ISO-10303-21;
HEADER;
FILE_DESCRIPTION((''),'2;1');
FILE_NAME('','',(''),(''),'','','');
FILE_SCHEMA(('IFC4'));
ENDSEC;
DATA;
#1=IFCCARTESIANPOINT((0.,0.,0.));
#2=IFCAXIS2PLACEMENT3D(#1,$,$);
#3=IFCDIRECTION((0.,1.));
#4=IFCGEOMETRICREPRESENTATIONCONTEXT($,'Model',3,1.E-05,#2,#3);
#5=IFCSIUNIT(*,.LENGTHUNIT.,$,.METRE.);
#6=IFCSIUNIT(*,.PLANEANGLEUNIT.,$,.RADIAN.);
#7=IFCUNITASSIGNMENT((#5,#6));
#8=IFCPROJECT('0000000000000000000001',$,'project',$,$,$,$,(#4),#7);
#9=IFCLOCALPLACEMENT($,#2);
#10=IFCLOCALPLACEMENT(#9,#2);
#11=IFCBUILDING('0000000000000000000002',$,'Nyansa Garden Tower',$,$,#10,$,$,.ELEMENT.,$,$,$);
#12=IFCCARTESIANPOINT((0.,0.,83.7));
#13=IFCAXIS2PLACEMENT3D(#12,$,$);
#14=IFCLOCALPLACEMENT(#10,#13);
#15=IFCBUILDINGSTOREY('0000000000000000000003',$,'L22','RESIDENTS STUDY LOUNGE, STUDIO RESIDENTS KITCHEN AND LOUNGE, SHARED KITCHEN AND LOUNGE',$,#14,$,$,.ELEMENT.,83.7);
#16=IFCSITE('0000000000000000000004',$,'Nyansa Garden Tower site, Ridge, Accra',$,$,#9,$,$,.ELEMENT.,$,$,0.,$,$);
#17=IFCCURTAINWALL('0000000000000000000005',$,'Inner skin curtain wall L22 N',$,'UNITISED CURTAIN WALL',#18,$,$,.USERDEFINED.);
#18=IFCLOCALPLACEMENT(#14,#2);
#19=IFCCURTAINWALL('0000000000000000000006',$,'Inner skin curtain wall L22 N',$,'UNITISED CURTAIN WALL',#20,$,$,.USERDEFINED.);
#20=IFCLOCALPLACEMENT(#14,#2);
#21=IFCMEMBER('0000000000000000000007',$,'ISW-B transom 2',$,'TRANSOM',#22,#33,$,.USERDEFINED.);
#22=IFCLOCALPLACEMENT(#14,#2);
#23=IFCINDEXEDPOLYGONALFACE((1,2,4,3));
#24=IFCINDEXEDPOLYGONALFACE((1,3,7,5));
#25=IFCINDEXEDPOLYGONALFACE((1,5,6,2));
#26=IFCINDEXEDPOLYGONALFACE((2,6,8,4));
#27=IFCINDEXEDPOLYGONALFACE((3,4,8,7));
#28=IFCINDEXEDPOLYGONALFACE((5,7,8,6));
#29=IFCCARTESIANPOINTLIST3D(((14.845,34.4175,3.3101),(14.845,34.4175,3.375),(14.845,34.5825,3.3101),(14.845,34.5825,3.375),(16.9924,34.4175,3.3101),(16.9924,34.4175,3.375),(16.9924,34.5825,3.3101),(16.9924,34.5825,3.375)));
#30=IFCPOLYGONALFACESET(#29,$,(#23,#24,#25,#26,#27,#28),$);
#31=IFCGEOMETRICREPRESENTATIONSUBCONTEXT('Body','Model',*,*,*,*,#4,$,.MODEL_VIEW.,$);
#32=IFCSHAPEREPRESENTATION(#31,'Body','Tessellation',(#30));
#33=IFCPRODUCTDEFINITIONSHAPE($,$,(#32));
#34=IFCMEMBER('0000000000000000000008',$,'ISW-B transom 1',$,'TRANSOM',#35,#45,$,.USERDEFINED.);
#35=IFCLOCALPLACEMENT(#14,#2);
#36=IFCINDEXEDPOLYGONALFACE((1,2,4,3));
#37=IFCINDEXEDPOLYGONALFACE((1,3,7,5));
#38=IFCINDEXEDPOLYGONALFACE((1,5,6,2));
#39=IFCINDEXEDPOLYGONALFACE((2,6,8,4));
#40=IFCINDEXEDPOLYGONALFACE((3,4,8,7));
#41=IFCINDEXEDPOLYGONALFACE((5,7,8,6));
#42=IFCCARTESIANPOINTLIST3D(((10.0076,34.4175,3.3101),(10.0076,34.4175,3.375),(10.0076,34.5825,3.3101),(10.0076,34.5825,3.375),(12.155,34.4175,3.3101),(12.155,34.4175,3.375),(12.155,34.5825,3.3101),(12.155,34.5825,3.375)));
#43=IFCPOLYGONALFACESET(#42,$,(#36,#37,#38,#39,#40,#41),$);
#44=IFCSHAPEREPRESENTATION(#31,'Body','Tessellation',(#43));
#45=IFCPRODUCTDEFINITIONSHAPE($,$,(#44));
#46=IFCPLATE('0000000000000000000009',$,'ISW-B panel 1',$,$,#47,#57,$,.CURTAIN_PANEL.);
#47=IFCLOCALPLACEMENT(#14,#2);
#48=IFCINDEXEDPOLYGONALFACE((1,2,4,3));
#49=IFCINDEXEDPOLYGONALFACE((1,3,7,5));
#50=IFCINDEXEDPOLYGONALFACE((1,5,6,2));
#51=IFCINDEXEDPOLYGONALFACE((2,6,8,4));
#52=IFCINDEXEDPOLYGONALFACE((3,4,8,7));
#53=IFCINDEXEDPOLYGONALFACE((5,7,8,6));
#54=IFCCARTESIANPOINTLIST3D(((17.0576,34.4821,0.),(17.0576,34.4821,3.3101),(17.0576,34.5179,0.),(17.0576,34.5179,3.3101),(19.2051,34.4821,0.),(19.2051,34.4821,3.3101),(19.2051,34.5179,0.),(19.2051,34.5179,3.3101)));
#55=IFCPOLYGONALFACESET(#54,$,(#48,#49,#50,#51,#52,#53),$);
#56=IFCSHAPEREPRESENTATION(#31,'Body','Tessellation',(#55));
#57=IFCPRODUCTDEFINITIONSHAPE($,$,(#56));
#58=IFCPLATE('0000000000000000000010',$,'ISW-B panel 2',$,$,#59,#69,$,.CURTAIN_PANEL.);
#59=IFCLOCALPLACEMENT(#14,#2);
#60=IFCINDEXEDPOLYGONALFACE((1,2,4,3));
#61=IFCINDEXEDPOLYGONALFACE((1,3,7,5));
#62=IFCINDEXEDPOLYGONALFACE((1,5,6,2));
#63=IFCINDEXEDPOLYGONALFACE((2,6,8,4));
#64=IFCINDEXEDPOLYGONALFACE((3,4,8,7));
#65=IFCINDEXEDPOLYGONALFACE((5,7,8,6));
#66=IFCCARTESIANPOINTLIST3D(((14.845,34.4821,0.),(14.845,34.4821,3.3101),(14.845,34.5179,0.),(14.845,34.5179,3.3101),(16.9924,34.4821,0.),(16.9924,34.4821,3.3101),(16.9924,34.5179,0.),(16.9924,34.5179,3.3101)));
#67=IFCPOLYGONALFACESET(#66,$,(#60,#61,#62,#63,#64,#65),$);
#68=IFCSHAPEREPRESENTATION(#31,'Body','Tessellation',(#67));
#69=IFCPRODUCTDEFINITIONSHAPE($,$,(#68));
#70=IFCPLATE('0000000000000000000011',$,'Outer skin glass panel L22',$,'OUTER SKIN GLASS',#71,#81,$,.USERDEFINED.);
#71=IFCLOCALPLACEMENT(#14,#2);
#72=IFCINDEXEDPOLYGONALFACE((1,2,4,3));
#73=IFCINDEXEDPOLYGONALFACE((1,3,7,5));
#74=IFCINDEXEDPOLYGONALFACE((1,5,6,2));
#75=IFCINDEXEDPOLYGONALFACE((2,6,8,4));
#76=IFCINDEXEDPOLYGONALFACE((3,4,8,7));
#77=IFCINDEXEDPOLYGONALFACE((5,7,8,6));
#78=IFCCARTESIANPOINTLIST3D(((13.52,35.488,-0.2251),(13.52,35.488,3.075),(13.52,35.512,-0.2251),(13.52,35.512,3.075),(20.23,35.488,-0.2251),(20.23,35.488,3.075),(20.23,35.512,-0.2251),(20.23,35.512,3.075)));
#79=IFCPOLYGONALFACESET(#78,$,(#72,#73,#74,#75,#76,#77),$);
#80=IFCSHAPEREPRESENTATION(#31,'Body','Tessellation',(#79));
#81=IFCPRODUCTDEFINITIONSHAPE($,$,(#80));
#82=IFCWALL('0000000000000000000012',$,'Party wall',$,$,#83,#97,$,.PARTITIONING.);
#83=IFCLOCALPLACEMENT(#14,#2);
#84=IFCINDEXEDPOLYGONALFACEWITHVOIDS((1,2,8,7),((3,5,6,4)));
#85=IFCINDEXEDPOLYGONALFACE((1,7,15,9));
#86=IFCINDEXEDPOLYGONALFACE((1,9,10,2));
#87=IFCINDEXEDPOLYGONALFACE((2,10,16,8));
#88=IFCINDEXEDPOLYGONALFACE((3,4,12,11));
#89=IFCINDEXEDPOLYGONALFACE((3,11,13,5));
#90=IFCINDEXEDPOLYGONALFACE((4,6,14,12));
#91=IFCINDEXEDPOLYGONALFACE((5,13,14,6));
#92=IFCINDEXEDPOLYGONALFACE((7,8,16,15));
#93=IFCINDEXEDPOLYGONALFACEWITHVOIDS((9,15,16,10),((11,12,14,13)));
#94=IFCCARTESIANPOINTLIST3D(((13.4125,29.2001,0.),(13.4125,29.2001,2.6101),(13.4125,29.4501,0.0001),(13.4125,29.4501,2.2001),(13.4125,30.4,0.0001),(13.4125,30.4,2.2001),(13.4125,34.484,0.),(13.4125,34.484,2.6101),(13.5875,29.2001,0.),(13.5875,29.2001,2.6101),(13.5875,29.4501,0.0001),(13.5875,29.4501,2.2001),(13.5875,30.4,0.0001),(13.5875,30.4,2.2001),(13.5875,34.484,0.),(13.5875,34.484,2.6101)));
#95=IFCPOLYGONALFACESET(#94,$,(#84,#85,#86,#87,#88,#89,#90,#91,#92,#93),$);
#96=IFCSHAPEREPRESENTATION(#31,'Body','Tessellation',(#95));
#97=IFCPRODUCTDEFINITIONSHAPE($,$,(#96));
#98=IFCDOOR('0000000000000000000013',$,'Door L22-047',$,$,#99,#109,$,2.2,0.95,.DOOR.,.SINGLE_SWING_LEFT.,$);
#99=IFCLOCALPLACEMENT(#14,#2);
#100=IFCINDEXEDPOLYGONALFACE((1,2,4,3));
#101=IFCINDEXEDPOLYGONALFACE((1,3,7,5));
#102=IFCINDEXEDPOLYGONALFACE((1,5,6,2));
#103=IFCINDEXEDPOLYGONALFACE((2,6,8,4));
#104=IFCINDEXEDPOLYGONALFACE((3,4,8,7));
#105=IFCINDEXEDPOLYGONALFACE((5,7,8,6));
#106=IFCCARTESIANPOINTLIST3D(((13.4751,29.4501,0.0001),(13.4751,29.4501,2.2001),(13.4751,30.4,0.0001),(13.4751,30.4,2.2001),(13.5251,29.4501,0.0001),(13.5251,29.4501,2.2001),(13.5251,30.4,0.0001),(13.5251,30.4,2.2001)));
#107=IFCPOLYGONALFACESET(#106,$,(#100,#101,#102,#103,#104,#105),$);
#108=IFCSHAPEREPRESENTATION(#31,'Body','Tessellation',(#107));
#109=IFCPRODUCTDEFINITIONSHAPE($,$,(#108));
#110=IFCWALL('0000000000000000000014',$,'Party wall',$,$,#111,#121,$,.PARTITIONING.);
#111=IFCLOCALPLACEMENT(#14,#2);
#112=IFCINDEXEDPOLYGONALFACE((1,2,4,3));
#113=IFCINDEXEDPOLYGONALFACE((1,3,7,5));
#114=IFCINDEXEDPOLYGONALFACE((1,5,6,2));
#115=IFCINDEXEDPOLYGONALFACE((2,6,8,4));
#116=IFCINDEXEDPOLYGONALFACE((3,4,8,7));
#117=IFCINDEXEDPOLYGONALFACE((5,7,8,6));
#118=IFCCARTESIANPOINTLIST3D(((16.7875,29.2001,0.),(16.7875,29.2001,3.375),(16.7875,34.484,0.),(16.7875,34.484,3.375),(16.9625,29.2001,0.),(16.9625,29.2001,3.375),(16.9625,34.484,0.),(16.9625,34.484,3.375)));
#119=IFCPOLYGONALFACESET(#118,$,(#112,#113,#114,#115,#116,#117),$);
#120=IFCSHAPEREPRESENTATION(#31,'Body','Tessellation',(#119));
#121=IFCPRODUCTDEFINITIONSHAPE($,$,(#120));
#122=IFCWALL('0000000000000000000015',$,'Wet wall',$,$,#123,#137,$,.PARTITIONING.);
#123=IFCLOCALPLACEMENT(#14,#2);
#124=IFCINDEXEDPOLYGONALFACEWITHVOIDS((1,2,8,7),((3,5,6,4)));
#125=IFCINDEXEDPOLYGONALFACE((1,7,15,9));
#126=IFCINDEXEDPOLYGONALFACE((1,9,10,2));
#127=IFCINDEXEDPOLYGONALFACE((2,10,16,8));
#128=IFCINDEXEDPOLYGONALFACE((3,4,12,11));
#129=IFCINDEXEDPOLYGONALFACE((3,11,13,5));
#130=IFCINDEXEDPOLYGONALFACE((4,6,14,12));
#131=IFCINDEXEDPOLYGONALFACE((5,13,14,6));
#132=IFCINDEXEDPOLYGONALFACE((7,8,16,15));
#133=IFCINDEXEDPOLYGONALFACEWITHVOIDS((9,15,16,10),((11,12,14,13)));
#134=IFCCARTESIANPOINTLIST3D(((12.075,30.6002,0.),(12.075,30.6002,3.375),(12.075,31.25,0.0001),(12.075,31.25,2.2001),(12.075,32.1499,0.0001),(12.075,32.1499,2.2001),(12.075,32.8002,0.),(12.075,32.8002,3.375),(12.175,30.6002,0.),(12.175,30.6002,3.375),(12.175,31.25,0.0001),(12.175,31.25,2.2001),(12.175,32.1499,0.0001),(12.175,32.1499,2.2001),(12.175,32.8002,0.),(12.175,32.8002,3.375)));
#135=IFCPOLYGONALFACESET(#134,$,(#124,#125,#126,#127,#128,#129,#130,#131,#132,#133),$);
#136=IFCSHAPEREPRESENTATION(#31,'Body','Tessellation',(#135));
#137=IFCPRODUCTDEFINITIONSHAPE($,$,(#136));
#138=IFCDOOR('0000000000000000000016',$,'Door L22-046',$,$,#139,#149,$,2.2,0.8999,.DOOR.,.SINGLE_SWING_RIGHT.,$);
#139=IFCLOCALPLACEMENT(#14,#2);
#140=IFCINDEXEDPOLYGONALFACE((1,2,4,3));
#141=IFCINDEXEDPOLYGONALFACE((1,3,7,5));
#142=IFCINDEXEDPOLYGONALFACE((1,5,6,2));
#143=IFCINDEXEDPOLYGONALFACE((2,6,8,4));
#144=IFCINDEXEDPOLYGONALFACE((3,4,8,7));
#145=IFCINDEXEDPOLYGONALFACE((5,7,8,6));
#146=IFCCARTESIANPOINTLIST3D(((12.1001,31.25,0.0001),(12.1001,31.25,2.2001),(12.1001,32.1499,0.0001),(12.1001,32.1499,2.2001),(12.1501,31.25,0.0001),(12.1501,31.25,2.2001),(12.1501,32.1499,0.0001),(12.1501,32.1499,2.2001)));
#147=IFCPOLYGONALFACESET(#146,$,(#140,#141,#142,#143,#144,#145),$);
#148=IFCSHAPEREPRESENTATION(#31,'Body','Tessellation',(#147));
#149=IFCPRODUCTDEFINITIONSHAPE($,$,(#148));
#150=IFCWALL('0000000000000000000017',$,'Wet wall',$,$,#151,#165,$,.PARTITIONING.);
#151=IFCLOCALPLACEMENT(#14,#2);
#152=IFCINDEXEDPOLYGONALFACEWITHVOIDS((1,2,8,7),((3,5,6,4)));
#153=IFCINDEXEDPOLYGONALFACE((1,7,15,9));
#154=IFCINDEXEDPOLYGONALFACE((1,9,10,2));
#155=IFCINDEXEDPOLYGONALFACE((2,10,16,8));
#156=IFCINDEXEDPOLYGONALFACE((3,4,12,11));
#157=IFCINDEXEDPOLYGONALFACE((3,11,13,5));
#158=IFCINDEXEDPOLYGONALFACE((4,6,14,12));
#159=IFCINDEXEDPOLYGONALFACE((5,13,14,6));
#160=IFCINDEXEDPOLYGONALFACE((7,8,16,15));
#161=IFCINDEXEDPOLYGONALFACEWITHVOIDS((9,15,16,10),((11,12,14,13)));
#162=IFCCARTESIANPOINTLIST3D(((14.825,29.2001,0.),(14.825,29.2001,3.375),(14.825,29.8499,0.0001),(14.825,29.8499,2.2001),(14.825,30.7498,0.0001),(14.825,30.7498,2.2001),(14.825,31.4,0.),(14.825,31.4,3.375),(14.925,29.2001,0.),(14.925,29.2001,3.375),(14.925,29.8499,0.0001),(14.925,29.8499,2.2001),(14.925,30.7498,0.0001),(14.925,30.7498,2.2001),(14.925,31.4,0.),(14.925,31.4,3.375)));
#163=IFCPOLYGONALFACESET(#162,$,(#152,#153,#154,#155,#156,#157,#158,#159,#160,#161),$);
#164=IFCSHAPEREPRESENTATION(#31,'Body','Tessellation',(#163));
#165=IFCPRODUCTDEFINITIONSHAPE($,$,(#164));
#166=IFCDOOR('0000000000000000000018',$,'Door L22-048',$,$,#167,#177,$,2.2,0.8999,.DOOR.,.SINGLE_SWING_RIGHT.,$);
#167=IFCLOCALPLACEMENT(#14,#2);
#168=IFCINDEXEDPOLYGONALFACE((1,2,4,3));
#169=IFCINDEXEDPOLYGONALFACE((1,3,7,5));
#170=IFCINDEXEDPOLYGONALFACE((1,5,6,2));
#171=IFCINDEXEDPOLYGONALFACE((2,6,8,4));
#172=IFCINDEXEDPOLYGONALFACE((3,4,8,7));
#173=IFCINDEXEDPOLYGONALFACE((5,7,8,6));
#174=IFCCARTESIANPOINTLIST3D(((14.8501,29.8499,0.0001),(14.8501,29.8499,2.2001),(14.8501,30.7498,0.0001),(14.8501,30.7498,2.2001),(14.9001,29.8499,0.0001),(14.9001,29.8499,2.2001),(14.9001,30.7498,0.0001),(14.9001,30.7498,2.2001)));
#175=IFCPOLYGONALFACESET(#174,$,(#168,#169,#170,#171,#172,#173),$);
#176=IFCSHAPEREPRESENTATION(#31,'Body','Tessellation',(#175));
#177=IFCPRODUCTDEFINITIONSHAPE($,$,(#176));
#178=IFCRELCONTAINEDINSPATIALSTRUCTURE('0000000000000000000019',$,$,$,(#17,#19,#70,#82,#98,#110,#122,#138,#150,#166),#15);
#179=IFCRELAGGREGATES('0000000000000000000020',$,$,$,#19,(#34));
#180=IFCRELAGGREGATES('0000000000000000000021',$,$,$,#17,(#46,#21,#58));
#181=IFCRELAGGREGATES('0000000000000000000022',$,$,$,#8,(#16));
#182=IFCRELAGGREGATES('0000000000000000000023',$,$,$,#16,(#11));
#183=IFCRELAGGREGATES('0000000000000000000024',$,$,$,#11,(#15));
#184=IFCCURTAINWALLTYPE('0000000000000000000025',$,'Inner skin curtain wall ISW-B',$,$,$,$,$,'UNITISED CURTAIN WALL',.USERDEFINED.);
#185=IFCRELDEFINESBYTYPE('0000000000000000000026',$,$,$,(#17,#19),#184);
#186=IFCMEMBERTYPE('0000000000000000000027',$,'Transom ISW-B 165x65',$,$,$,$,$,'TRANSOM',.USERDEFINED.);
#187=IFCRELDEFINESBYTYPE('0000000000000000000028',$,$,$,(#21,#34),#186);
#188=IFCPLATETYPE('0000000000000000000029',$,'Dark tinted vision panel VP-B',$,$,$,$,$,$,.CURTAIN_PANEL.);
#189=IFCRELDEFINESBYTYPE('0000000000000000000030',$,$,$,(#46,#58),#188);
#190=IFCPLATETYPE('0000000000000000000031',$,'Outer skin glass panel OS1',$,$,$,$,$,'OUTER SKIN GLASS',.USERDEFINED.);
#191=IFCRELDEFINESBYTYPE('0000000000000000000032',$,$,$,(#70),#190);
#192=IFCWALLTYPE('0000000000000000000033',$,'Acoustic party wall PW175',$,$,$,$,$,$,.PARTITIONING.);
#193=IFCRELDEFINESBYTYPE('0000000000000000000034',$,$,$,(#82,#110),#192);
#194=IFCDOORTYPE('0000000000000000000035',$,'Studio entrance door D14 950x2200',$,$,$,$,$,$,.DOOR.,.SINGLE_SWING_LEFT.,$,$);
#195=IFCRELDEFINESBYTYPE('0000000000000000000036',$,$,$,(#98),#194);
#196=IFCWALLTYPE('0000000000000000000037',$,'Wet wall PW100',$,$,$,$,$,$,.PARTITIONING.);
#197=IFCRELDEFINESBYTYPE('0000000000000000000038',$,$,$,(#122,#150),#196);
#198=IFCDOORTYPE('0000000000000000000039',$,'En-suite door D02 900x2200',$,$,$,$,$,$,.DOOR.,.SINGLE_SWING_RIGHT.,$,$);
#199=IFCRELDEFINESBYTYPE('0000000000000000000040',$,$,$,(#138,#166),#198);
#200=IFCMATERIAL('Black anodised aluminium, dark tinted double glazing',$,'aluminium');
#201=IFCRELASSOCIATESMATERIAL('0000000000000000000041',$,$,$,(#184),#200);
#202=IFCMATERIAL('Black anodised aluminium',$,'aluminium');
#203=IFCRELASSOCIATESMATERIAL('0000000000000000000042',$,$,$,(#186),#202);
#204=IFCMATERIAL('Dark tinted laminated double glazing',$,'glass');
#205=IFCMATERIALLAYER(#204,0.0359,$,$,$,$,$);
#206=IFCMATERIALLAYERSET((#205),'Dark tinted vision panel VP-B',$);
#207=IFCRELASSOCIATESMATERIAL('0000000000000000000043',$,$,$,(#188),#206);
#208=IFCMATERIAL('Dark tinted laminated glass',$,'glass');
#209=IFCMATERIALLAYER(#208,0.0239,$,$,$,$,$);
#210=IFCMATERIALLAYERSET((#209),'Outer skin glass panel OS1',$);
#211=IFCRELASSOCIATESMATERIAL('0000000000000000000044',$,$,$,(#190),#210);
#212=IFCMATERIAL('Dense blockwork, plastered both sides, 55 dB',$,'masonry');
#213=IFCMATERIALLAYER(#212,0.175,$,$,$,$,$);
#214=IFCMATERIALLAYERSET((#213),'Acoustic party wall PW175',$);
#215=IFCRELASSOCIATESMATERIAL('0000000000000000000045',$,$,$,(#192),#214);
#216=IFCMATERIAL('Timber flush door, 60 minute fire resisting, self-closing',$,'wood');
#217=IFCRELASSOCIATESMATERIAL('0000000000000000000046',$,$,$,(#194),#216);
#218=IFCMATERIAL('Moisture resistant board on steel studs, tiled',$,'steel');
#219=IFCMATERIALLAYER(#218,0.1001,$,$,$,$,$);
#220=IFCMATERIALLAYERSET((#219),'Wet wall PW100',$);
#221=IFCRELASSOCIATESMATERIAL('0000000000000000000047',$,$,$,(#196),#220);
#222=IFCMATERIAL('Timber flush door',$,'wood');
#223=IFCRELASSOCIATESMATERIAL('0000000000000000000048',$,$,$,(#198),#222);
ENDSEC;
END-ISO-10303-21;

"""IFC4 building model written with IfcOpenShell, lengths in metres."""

from ifc_helpers import new_model, si_unit, direction, frame, frame_2d, origin, origin_2d, place, context, subcontext, project, spatial, rectangle, extrude, material, layer, layer_set, material_profile, profile_set, type_object, element, fill, aggregate, save


model = new_model("IFC4")

# Units and contexts
model_context = context("Model", 3, precision=1e-05, world=origin(), true_north=direction((0.0, 1.0)))
body_context = subcontext(model_context, "Body", "Model", "MODEL_VIEW")
ifc_project = project(units=[si_unit("LENGTHUNIT", "METRE"), si_unit("PLANEANGLEUNIT", "RADIAN")], contexts=[model_context])

# Site, building, storey
site_placement = place(None, origin())
site = spatial("IfcSite", under=ifc_project, at=site_placement, Name="Nyansa Garden Tower site, Ridge, Accra", CompositionType="ELEMENT", RefElevation=0.0)
building_placement = place(site_placement, origin())
building = spatial("IfcBuilding", under=site, at=building_placement, Name="Nyansa Garden Tower", CompositionType="ELEMENT")
storey_placement = place(building_placement, frame((0.0, 0.0, 83.7)))
storey = spatial("IfcBuildingStorey", under=building, at=storey_placement, Name="L22", Description="RESIDENTS STUDY LOUNGE, STUDIO RESIDENTS KITCHEN AND LOUNGE, SHARED KITCHEN AND LOUNGE", CompositionType="ELEMENT", Elevation=83.7)

# Curtain wall
ifc_material_1 = material(Name="Black anodised aluminium, dark tinted double glazing", Category="aluminium")
curtain_wall_type = type_object("IfcCurtainWallType", Name="Inner skin curtain wall ISW-B", ElementType="UNITISED CURTAIN WALL", PredefinedType="USERDEFINED", material=ifc_material_1)
curtain_wall_1_placement = place(storey_placement, origin())
curtain_wall_1 = element("IfcCurtainWall", 1, at=curtain_wall_1_placement, inside=storey, type_object=curtain_wall_type, Name="Inner skin curtain wall L22 N", ObjectType="UNITISED CURTAIN WALL", PredefinedType="USERDEFINED")

# Curtain wall
curtain_wall_2_placement = place(storey_placement, origin())
curtain_wall_2 = element("IfcCurtainWall", 2, at=curtain_wall_2_placement, inside=storey, type_object=curtain_wall_type, Name="Inner skin curtain wall L22 N", ObjectType="UNITISED CURTAIN WALL", PredefinedType="USERDEFINED")

# Members
ifc_material_2 = material(Name="Black anodised aluminium", Category="aluminium")
ifc_material_profile_1 = material_profile(ifc_material_2, rectangle(XDim=0.165, YDim=0.0649, at=origin_2d()), Name="Transom 165x65")
ifc_profile_set_1 = profile_set([ifc_material_profile_1], Name="Black anodised aluminium")
member_type_1 = type_object("IfcMemberType", Name="Transom ISW-B 165x65", ElementType="TRANSOM", PredefinedType="USERDEFINED", material=ifc_profile_set_1)
member_1_placement = place(storey_placement, frame((16.9924, 34.5, 3.3425), z_axis=(-1.0, 0.0, 0.0), x_axis=(0.0, -1.0, 0.0)))
member_1 = element("IfcMember", 3, at=member_1_placement, type_object=member_type_1, Name="ISW-B transom 2", ObjectType="TRANSOM", PredefinedType="USERDEFINED", context=body_context, shape_type="SweptSolid", body=[
    extrude(rectangle(XDim=0.165, YDim=0.0649, at=origin_2d()), origin(), (0.0, 0.0, 1.0), 2.1475),
])
member_2_placement = place(storey_placement, frame((12.155, 34.5, 3.3425), z_axis=(-1.0, 0.0, 0.0), x_axis=(0.0, -1.0, 0.0)))
member_2 = element("IfcMember", 4, at=member_2_placement, type_object=member_type_1, Name="ISW-B transom 1", ObjectType="TRANSOM", PredefinedType="USERDEFINED", context=body_context, shape_type="SweptSolid", body=[
    extrude(rectangle(XDim=0.165, YDim=0.0649, at=origin_2d()), origin(), (0.0, 0.0, 1.0), 2.1475),
])
aggregate(curtain_wall_2, [member_2])

# Plates
ifc_material_3 = material(Name="Dark tinted laminated double glazing", Category="glass")
ifc_layer_1 = layer(ifc_material_3, 0.0359)
ifc_layer_set_1 = layer_set([ifc_layer_1], Name="Dark tinted vision panel VP-B")
plate_type_1 = type_object("IfcPlateType", Name="Dark tinted vision panel VP-B", PredefinedType="CURTAIN_PANEL", material=ifc_layer_set_1)
plate_1_placement = place(storey_placement, frame((18.1313, 34.5, 0.0), z_axis=(0.0, 0.0, 1.0), x_axis=(-1.0, 0.0, 0.0)))
plate_1 = element("IfcPlate", 5, at=plate_1_placement, type_object=plate_type_1, Name="ISW-B panel 1", PredefinedType="CURTAIN_PANEL", context=body_context, shape_type="SweptSolid", body=[
    extrude(rectangle(XDim=2.1475, YDim=0.0359, at=origin_2d()), origin(), (0.0, 0.0, 1.0), 3.3101),
])
plate_2_placement = place(storey_placement, frame((15.9187, 34.5, 0.0), z_axis=(0.0, 0.0, 1.0), x_axis=(-1.0, 0.0, 0.0)))
plate_2 = element("IfcPlate", 6, at=plate_2_placement, type_object=plate_type_1, Name="ISW-B panel 2", PredefinedType="CURTAIN_PANEL", context=body_context, shape_type="SweptSolid", body=[
    extrude(rectangle(XDim=2.1475, YDim=0.0359, at=origin_2d()), origin(), (0.0, 0.0, 1.0), 3.3101),
])
aggregate(curtain_wall_1, [plate_1, member_1, plate_2])
ifc_material_4 = material(Name="Dark tinted laminated glass", Category="glass")
ifc_layer_2 = layer(ifc_material_4, 0.0239)
ifc_layer_set_2 = layer_set([ifc_layer_2], Name="Outer skin glass panel OS1")
plate_type_2 = type_object("IfcPlateType", Name="Outer skin glass panel OS1", ElementType="OUTER SKIN GLASS", PredefinedType="USERDEFINED", material=ifc_layer_set_2)
plate_3_placement = place(storey_placement, frame((16.875, 35.5, -0.2251), z_axis=(0.0, 0.0, 1.0), x_axis=(1.0, 0.0, 0.0)))
element("IfcPlate", 7, at=plate_3_placement, inside=storey, type_object=plate_type_2, Name="Outer skin glass panel L22", ObjectType="OUTER SKIN GLASS", PredefinedType="USERDEFINED", context=body_context, shape_type="SweptSolid", body=[
    extrude(rectangle(XDim=6.71, YDim=0.0239, at=origin_2d()), origin(), (0.0, 0.0, 1.0), 3.3),
])

# Wall, opening, door
ifc_material_5 = material(Name="Dense blockwork, plastered both sides, 55 dB", Category="masonry")
ifc_layer_3 = layer(ifc_material_5, 0.175)
ifc_layer_set_3 = layer_set([ifc_layer_3], Name="Acoustic party wall PW175")
wall_type_1 = type_object("IfcWallType", Name="Acoustic party wall PW175", PredefinedType="PARTITIONING", material=ifc_layer_set_3)
wall_1_placement = place(storey_placement, frame((13.5, 29.2, 0.0), z_axis=(0.0, 0.0, 1.0), x_axis=(0.0, 1.0, 0.0)))
wall_1 = element("IfcWall", 8, at=wall_1_placement, inside=storey, type_object=wall_type_1, Name="Party wall", PredefinedType="PARTITIONING", context=body_context, shape_type="SweptSolid", body=[
    extrude(rectangle(XDim=5.2839, YDim=0.175, at=frame_2d((2.6421, 0.0))), origin(), (0.0, 0.0, 1.0), 2.6101),
])
opening_1_placement = place(wall_1_placement, frame((0.25, 0.0, 0.0)))
opening_1 = element("IfcOpeningElement", 9, at=opening_1_placement, cuts=wall_1, PredefinedType="OPENING", context=body_context, shape_type="SweptSolid", body=[
    extrude(rectangle(XDim=0.95, YDim=2.2, at=frame_2d((0.4751, 1.1001))), frame((0.0, 0.0974, 0.0), z_axis=(0.0, -1.0, 0.0), x_axis=(1.0, 0.0, 0.0)), (0.0, 0.0, 1.0), 0.1951),
])
ifc_material_6 = material(Name="Timber flush door, 60 minute fire resisting, self-closing", Category="wood")
door_type_1 = type_object("IfcDoorType", Name="Studio entrance door D14 950x2200", OperationType="SINGLE_SWING_LEFT", PredefinedType="DOOR", material=ifc_material_6)
door_1_placement = place(opening_1_placement, origin())
door_1 = element("IfcDoor", 10, at=door_1_placement, inside=storey, type_object=door_type_1, Name="Door L22-047", OperationType="SINGLE_SWING_LEFT", OverallHeight=2.2, OverallWidth=0.95, PredefinedType="DOOR", context=body_context, shape_type="SweptSolid", body=[
    extrude(rectangle(XDim=0.95, YDim=2.2, at=frame_2d((0.4751, 1.1001))), frame((0.0, 0.0249, 0.0), z_axis=(0.0, -1.0, 0.0), x_axis=(1.0, 0.0, 0.0)), (0.0, 0.0, 1.0), 0.05),
])
fill(opening_1, door_1)

# Wall
wall_2_placement = place(storey_placement, frame((16.875, 29.2, 0.0), z_axis=(0.0, 0.0, 1.0), x_axis=(0.0, 1.0, 0.0)))
element("IfcWall", 11, at=wall_2_placement, inside=storey, type_object=wall_type_1, Name="Party wall", PredefinedType="PARTITIONING", context=body_context, shape_type="SweptSolid", body=[
    extrude(rectangle(XDim=5.2839, YDim=0.175, at=frame_2d((2.6421, 0.0))), origin(), (0.0, 0.0, 1.0), 3.375),
])

# Walls, openings, doors
ifc_material_7 = material(Name="Moisture resistant board on steel studs, tiled", Category="steel")
ifc_layer_4 = layer(ifc_material_7, 0.1001)
ifc_layer_set_4 = layer_set([ifc_layer_4], Name="Wet wall PW100")
wall_type_2 = type_object("IfcWallType", Name="Wet wall PW100", PredefinedType="PARTITIONING", material=ifc_layer_set_4)
wall_3_placement = place(storey_placement, frame((12.125, 30.6001, 0.0), z_axis=(0.0, 0.0, 1.0), x_axis=(0.0, 1.0, 0.0)))
wall_3 = element("IfcWall", 12, at=wall_3_placement, inside=storey, type_object=wall_type_2, Name="Wet wall", PredefinedType="PARTITIONING", context=body_context, shape_type="SweptSolid", body=[
    extrude(rectangle(XDim=2.2, YDim=0.1001, at=frame_2d((1.1001, 0.0))), origin(), (0.0, 0.0, 1.0), 3.375),
])
opening_2_placement = place(wall_3_placement, frame((0.6499, 0.0, 0.0)))
opening_2 = element("IfcOpeningElement", 13, at=opening_2_placement, cuts=wall_3, PredefinedType="OPENING", context=body_context, shape_type="SweptSolid", body=[
    extrude(rectangle(XDim=0.8999, YDim=2.2, at=frame_2d((0.45, 1.1001))), frame((0.0, 0.0601, 0.0), z_axis=(0.0, -1.0, 0.0), x_axis=(1.0, 0.0, 0.0)), (0.0, 0.0, 1.0), 0.1201),
])
ifc_material_8 = material(Name="Timber flush door", Category="wood")
door_type_2 = type_object("IfcDoorType", Name="En-suite door D02 900x2200", OperationType="SINGLE_SWING_RIGHT", PredefinedType="DOOR", material=ifc_material_8)
door_2_placement = place(opening_2_placement, origin())
door_2 = element("IfcDoor", 14, at=door_2_placement, inside=storey, type_object=door_type_2, Name="Door L22-046", OperationType="SINGLE_SWING_RIGHT", OverallHeight=2.2, OverallWidth=0.8999, PredefinedType="DOOR", context=body_context, shape_type="SweptSolid", body=[
    extrude(rectangle(XDim=0.8999, YDim=2.2, at=frame_2d((0.45, 1.1001))), frame((0.0, 0.0249, 0.0), z_axis=(0.0, -1.0, 0.0), x_axis=(1.0, 0.0, 0.0)), (0.0, 0.0, 1.0), 0.05),
])
fill(opening_2, door_2)
wall_4_placement = place(storey_placement, frame((14.875, 29.2, 0.0), z_axis=(0.0, 0.0, 1.0), x_axis=(0.0, 1.0, 0.0)))
wall_4 = element("IfcWall", 15, at=wall_4_placement, inside=storey, type_object=wall_type_2, Name="Wet wall", PredefinedType="PARTITIONING", context=body_context, shape_type="SweptSolid", body=[
    extrude(rectangle(XDim=2.2, YDim=0.1001, at=frame_2d((1.1001, 0.0))), origin(), (0.0, 0.0, 1.0), 3.375),
])
opening_3_placement = place(wall_4_placement, frame((0.6499, 0.0, 0.0)))
opening_3 = element("IfcOpeningElement", 16, at=opening_3_placement, cuts=wall_4, PredefinedType="OPENING", context=body_context, shape_type="SweptSolid", body=[
    extrude(rectangle(XDim=0.8999, YDim=2.2, at=frame_2d((0.45, 1.1001))), frame((0.0, 0.0601, 0.0), z_axis=(0.0, -1.0, 0.0), x_axis=(1.0, 0.0, 0.0)), (0.0, 0.0, 1.0), 0.1201),
])
door_3_placement = place(opening_3_placement, origin())
door_3 = element("IfcDoor", 17, at=door_3_placement, inside=storey, type_object=door_type_2, Name="Door L22-048", OperationType="SINGLE_SWING_RIGHT", OverallHeight=2.2, OverallWidth=0.8999, PredefinedType="DOOR", context=body_context, shape_type="SweptSolid", body=[
    extrude(rectangle(XDim=0.8999, YDim=2.2, at=frame_2d((0.45, 1.1001))), frame((0.0, 0.0249, 0.0), z_axis=(0.0, -1.0, 0.0), x_axis=(1.0, 0.0, 0.0)), (0.0, 0.0, 1.0), 0.05),
])
fill(opening_3, door_3)

save(model, "model.ifc")
